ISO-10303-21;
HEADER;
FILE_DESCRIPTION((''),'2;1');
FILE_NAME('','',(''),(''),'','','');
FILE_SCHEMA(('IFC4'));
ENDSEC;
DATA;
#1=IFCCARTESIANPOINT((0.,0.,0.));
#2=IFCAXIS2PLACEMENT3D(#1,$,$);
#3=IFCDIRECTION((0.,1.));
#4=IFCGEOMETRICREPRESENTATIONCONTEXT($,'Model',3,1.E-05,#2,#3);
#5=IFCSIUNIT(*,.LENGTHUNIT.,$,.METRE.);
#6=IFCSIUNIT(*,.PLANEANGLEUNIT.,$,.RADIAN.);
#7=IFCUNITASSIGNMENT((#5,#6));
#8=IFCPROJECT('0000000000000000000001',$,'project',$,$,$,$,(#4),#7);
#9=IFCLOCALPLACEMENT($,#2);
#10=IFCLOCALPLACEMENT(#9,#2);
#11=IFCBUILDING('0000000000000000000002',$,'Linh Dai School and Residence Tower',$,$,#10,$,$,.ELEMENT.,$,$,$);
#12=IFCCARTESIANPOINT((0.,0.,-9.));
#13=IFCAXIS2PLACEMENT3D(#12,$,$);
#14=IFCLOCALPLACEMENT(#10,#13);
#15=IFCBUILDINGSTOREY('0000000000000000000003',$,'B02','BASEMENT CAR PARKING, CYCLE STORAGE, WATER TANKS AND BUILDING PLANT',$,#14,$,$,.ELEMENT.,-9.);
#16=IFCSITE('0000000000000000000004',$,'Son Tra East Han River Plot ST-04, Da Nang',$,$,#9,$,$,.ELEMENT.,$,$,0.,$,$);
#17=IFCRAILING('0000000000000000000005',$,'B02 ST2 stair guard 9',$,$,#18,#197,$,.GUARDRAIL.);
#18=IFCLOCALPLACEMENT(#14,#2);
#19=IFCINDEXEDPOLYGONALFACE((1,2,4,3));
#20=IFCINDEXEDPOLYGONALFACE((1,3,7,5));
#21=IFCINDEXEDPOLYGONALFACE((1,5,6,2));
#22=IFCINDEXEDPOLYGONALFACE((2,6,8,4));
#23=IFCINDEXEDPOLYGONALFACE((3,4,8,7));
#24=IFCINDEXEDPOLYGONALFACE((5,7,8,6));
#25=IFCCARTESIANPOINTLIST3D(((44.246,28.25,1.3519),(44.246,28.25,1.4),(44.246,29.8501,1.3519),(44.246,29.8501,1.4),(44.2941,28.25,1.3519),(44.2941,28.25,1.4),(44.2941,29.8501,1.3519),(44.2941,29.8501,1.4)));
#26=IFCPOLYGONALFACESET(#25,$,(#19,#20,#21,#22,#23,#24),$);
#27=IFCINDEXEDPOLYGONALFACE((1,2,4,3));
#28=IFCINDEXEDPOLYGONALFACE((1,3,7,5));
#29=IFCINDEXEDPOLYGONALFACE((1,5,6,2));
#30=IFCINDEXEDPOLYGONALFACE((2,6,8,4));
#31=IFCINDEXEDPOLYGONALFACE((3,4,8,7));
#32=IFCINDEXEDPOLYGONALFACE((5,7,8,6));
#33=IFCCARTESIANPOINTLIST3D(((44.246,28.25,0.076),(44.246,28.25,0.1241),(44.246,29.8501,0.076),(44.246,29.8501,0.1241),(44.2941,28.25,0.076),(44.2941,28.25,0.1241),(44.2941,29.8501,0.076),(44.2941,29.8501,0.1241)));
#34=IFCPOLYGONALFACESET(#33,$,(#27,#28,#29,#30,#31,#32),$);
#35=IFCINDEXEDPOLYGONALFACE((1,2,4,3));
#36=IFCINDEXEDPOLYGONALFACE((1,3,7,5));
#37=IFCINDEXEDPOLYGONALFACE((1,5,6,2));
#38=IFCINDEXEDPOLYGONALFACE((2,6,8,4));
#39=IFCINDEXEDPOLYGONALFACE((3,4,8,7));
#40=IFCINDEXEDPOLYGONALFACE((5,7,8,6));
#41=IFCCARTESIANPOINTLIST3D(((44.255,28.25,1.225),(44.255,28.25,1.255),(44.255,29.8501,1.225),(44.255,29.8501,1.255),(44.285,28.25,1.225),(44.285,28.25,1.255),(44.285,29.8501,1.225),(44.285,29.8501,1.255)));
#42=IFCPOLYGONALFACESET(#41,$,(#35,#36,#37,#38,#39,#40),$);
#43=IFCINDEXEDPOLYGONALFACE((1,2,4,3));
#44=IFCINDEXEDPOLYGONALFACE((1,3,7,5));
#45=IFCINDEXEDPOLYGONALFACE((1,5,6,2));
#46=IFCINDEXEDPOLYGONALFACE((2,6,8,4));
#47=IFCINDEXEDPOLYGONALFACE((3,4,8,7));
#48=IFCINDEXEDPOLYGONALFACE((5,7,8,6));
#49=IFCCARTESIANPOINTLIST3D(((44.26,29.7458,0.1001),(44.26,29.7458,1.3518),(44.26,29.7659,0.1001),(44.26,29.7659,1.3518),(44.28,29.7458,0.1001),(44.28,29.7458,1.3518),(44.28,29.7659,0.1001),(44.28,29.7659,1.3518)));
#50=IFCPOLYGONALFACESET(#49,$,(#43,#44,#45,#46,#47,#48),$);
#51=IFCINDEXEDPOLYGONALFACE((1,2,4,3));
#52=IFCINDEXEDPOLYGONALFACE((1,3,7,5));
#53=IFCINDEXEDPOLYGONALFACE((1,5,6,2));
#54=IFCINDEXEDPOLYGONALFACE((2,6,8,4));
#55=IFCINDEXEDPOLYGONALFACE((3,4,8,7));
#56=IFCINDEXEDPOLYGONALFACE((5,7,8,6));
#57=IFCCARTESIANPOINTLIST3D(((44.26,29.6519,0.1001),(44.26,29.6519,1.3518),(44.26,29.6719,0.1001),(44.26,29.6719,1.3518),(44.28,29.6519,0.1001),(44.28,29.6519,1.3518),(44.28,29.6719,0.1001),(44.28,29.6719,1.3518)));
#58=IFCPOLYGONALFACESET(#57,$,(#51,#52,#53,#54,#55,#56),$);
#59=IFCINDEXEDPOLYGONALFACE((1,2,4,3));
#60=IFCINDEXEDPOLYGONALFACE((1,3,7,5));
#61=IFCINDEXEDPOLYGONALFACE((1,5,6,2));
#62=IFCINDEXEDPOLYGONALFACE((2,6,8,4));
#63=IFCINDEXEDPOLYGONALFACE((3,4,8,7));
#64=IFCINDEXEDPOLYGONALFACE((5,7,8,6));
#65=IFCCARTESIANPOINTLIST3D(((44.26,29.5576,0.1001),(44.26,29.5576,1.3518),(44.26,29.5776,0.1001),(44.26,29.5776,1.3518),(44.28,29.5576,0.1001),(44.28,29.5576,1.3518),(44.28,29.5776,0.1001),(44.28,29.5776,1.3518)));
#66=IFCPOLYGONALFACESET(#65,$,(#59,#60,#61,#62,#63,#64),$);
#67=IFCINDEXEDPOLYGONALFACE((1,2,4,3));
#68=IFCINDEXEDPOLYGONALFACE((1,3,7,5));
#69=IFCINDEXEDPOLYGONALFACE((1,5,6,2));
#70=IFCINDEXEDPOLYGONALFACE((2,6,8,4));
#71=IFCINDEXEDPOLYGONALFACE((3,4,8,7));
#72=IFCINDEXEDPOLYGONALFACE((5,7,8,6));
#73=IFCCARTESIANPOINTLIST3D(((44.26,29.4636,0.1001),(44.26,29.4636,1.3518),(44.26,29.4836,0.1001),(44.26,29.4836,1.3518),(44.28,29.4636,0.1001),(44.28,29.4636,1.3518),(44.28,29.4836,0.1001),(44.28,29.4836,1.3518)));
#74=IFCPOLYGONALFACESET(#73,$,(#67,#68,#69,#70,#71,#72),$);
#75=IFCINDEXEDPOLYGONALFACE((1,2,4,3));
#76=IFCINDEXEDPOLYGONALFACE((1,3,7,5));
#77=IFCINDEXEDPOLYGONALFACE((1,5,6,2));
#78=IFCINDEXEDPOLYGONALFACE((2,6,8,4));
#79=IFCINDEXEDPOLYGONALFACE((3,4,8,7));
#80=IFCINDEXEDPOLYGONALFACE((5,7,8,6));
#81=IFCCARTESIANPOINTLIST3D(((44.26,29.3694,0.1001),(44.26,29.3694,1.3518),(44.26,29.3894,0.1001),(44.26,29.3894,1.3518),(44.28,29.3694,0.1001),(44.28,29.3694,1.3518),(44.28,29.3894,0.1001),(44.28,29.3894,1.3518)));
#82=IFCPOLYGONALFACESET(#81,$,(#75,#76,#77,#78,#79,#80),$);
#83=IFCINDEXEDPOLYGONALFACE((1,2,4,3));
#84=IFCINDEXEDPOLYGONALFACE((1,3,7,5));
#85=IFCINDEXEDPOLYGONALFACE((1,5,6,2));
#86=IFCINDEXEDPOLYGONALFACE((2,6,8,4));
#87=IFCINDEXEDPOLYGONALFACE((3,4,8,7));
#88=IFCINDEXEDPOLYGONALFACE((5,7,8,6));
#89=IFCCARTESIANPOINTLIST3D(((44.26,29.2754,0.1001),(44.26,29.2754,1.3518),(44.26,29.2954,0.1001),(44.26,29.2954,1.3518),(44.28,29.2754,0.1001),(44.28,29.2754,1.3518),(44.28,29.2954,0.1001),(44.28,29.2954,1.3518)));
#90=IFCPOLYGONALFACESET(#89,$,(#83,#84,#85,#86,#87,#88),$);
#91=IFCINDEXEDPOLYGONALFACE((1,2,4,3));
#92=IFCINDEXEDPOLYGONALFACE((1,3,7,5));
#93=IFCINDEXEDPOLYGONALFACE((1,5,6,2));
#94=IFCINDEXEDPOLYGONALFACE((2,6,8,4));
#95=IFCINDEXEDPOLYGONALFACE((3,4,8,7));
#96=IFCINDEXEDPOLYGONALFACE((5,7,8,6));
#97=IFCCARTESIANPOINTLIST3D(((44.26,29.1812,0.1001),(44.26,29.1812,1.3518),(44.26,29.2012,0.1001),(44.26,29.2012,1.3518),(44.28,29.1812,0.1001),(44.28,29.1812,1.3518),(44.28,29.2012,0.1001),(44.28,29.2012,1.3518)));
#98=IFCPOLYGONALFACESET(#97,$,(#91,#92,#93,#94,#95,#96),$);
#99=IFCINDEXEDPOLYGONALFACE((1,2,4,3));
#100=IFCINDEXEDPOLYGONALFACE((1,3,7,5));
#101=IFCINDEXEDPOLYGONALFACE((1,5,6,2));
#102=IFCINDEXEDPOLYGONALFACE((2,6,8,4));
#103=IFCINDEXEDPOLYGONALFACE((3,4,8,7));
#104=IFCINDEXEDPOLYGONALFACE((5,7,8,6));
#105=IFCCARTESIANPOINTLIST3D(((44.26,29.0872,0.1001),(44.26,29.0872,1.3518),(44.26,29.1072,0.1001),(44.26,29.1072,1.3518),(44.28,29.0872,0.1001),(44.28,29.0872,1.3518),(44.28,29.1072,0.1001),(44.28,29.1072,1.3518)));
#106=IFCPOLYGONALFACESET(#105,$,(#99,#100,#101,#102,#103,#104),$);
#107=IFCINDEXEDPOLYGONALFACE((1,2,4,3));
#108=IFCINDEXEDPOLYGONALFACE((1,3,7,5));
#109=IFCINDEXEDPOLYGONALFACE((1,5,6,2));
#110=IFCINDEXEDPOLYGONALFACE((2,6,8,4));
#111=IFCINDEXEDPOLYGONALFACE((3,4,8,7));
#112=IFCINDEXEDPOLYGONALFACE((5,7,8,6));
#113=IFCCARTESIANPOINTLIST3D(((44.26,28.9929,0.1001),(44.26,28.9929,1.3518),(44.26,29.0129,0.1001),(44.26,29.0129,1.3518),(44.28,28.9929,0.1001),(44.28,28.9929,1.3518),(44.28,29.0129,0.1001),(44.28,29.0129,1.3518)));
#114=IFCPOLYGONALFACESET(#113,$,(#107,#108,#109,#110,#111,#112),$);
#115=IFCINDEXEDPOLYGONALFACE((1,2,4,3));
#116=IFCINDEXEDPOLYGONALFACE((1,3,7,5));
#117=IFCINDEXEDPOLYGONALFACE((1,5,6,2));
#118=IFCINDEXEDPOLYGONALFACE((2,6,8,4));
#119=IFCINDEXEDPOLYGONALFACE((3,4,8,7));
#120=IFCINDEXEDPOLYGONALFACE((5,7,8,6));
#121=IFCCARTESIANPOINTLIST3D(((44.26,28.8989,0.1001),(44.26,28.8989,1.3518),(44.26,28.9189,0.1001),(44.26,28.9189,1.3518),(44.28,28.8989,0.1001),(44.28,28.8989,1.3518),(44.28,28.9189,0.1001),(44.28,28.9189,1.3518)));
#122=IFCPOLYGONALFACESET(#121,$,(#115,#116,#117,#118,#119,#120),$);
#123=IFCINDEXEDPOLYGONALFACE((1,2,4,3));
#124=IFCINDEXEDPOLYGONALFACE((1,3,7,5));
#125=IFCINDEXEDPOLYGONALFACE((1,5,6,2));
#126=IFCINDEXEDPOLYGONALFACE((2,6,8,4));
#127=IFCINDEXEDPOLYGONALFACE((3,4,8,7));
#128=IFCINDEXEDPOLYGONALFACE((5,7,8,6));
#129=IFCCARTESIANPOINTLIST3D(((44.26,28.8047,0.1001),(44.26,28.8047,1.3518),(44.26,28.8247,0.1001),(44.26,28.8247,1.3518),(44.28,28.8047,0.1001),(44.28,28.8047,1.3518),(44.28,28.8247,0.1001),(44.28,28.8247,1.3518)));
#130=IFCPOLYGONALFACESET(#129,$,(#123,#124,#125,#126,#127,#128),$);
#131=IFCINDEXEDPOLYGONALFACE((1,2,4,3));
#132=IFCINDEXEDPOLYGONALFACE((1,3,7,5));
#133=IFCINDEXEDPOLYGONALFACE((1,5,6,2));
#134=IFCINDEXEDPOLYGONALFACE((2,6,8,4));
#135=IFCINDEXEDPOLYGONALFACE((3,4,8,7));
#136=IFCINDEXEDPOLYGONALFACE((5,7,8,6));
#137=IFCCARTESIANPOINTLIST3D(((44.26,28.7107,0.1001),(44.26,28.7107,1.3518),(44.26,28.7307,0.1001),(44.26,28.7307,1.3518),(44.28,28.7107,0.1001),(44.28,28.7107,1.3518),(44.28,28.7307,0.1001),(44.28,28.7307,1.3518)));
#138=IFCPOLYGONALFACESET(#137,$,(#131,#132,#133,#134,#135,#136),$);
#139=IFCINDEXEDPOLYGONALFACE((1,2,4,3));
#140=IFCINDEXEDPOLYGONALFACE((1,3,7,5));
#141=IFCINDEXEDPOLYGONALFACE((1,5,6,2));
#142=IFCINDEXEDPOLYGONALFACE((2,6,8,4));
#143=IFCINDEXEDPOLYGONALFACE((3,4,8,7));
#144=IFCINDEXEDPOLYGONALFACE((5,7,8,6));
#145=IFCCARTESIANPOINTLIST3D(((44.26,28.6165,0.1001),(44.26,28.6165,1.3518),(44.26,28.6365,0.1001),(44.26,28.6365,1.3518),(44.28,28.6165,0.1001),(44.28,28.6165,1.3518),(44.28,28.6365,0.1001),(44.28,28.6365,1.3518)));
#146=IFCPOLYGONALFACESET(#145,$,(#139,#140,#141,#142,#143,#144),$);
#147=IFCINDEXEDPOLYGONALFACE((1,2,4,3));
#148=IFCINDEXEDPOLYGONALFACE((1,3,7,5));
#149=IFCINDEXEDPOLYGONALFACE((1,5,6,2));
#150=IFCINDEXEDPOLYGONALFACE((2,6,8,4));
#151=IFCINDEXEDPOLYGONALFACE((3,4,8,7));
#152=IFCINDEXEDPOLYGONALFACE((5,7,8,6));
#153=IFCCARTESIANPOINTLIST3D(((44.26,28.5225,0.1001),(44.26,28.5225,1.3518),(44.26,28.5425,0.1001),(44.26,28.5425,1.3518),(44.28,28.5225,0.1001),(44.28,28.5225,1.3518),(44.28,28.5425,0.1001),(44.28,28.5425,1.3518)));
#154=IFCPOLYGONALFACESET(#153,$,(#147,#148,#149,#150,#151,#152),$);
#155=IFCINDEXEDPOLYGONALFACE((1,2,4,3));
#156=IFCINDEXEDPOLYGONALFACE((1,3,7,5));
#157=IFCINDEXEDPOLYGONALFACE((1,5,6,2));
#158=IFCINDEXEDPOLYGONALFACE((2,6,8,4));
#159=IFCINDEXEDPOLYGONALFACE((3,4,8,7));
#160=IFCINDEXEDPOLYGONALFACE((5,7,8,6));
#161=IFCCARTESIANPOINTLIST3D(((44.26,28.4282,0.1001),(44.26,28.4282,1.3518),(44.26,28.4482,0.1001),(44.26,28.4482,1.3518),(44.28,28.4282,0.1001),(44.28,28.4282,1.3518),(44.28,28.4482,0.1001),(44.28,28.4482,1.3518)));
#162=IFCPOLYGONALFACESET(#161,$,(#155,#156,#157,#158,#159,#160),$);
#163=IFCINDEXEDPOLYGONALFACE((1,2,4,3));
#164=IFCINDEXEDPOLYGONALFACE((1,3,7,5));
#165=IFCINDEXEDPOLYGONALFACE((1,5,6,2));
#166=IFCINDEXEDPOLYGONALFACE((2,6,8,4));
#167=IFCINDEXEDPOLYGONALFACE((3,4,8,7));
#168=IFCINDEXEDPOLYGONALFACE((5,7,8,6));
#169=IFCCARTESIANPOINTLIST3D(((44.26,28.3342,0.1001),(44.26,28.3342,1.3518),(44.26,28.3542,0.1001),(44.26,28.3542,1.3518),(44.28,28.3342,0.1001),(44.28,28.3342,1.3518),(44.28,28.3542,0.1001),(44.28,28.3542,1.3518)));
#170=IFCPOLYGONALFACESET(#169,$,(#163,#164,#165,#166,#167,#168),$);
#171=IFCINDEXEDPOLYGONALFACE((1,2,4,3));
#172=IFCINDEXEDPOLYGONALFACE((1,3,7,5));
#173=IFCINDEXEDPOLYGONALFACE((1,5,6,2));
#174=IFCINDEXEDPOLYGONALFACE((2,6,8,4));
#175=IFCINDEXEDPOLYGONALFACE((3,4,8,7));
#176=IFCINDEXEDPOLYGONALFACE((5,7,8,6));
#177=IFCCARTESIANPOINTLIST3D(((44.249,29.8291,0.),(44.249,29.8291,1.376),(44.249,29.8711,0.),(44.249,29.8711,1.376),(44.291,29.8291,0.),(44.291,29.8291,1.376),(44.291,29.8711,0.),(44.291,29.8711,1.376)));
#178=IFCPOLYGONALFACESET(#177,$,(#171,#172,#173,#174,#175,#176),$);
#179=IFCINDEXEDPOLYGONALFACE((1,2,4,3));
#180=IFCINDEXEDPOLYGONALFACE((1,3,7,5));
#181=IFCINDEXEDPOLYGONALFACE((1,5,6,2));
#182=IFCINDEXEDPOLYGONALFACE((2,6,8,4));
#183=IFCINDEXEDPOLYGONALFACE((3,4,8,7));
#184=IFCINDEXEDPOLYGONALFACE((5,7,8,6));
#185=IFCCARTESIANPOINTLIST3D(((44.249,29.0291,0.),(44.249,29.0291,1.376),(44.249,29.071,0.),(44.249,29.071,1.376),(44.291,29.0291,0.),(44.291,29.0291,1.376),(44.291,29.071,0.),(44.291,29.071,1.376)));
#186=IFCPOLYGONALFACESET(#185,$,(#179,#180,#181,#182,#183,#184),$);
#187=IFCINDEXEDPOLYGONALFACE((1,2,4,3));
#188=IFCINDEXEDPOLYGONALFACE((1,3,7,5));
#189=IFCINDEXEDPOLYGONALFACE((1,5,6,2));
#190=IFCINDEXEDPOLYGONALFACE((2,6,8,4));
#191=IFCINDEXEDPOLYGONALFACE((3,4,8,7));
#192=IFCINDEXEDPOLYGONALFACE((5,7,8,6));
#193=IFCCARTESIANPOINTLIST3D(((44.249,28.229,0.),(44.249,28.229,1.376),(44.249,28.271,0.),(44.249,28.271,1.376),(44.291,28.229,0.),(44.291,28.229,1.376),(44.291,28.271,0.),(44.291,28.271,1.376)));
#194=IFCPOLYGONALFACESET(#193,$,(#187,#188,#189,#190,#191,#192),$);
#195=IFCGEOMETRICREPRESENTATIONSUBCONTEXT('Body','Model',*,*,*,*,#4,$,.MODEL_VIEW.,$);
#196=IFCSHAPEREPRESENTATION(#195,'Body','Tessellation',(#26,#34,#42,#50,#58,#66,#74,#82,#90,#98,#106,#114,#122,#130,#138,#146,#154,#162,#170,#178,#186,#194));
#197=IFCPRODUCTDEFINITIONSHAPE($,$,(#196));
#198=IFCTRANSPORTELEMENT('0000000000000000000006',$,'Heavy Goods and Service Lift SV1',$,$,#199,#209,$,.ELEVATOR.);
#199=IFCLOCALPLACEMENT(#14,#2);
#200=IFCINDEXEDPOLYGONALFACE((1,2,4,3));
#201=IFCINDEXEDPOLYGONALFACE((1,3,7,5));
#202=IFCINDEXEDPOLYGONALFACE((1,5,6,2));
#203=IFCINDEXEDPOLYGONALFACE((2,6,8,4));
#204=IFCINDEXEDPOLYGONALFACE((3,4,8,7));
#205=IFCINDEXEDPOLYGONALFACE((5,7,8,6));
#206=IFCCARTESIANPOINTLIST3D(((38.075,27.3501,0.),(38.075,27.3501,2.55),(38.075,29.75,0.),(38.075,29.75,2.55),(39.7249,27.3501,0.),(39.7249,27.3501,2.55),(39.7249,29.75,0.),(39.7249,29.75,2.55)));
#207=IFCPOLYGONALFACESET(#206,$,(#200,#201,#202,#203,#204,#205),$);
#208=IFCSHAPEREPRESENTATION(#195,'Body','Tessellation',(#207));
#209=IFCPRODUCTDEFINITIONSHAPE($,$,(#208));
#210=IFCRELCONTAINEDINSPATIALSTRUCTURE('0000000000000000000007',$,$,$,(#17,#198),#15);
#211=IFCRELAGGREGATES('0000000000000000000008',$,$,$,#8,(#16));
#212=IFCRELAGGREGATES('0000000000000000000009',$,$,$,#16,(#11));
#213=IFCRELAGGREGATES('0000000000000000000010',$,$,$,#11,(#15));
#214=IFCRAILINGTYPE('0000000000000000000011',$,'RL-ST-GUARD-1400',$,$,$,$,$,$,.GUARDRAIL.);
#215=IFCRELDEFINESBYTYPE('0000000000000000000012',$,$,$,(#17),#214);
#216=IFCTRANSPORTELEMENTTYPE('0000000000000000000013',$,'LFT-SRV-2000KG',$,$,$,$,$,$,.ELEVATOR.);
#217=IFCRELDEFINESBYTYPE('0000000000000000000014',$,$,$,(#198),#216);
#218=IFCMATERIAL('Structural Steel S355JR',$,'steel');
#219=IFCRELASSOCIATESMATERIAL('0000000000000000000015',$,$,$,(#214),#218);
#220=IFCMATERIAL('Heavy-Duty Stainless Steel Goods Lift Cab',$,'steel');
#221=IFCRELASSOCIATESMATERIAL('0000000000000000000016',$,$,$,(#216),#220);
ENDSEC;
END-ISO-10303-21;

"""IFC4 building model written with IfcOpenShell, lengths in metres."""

from ifc_helpers import new_model, si_unit, direction, frame, origin, origin_2d, place, context, subcontext, project, spatial, rectangle, extrude, source, transform, mapped, material, type_object, element, save


model = new_model("IFC4")

# Units and contexts
model_context = context("Model", 3, precision=1e-05, world=origin(), true_north=direction((0.0, 1.0)))
body_context = subcontext(model_context, "Body", "Model", "MODEL_VIEW")
ifc_project = project(units=[si_unit("LENGTHUNIT", "METRE"), si_unit("PLANEANGLEUNIT", "RADIAN")], contexts=[model_context])

# Site, building, storey
site_placement = place(None, origin())
site = spatial("IfcSite", under=ifc_project, at=site_placement, Name="Son Tra East Han River Plot ST-04, Da Nang", CompositionType="ELEMENT", RefElevation=0.0)
building_placement = place(site_placement, origin())
building = spatial("IfcBuilding", under=site, at=building_placement, Name="Linh Dai School and Residence Tower", CompositionType="ELEMENT")
storey_placement = place(building_placement, frame((0.0, 0.0, -9.0)))
storey = spatial("IfcBuildingStorey", under=building, at=storey_placement, Name="B02", Description="BASEMENT CAR PARKING, CYCLE STORAGE, WATER TANKS AND BUILDING PLANT", CompositionType="ELEMENT", Elevation=-9.0)

# Shared definitions
ifc_material_1 = material(Name="Structural Steel S355JR", Category="steel")

# Railing
railing_type_1 = type_object("IfcRailingType", Name="RL-ST-GUARD-1400", PredefinedType="GUARDRAIL", material=ifc_material_1)
shared_shape_1 = source(origin(), body_context, "Body", "SweptSolid", [
    extrude(rectangle(XDim=0.0481, YDim=0.0481, at=origin_2d()), frame((0.0, 0.0, 1.376), z_axis=(0.0, -1.0, 0.0), x_axis=(1.0, 0.0, 0.0)), (0.0, 0.0, 1.0), 1.6001),
    extrude(rectangle(XDim=0.0481, YDim=0.0481, at=origin_2d()), frame((0.0, 0.0, 0.1001), z_axis=(0.0, -1.0, 0.0), x_axis=(1.0, 0.0, 0.0)), (0.0, 0.0, 1.0), 1.6001),
    extrude(rectangle(XDim=0.03, YDim=0.03, at=origin_2d()), frame((0.0, 0.0, 1.24), z_axis=(0.0, -1.0, 0.0), x_axis=(1.0, 0.0, 0.0)), (0.0, 0.0, 1.0), 1.6001),
    extrude(rectangle(XDim=0.02, YDim=0.02, at=origin_2d()), frame((0.0, -0.0942, 0.1001)), (0.0, 0.0, 1.0), 1.2517),
    extrude(rectangle(XDim=0.02, YDim=0.02, at=origin_2d()), frame((0.0, -0.1882, 0.1001)), (0.0, 0.0, 1.0), 1.2517),
    extrude(rectangle(XDim=0.02, YDim=0.02, at=origin_2d()), frame((0.0, -0.2825, 0.1001)), (0.0, 0.0, 1.0), 1.2517),
    extrude(rectangle(XDim=0.02, YDim=0.02, at=origin_2d()), frame((0.0, -0.3765, 0.1001)), (0.0, 0.0, 1.0), 1.2517),
    extrude(rectangle(XDim=0.02, YDim=0.02, at=origin_2d()), frame((0.0, -0.4707, 0.1001)), (0.0, 0.0, 1.0), 1.2517),
    extrude(rectangle(XDim=0.02, YDim=0.02, at=origin_2d()), frame((0.0, -0.5647, 0.1001)), (0.0, 0.0, 1.0), 1.2517),
    extrude(rectangle(XDim=0.02, YDim=0.02, at=origin_2d()), frame((0.0, -0.6589, 0.1001)), (0.0, 0.0, 1.0), 1.2517),
    extrude(rectangle(XDim=0.02, YDim=0.02, at=origin_2d()), frame((0.0, -0.7529, 0.1001)), (0.0, 0.0, 1.0), 1.2517),
    extrude(rectangle(XDim=0.02, YDim=0.02, at=origin_2d()), frame((0.0, -0.8472, 0.1001)), (0.0, 0.0, 1.0), 1.2517),
    extrude(rectangle(XDim=0.02, YDim=0.02, at=origin_2d()), frame((0.0, -0.9412, 0.1001)), (0.0, 0.0, 1.0), 1.2517),
    extrude(rectangle(XDim=0.02, YDim=0.02, at=origin_2d()), frame((0.0, -1.0354, 0.1001)), (0.0, 0.0, 1.0), 1.2517),
    extrude(rectangle(XDim=0.02, YDim=0.02, at=origin_2d()), frame((0.0, -1.1294, 0.1001)), (0.0, 0.0, 1.0), 1.2517),
    extrude(rectangle(XDim=0.02, YDim=0.02, at=origin_2d()), frame((0.0, -1.2236, 0.1001)), (0.0, 0.0, 1.0), 1.2517),
    extrude(rectangle(XDim=0.02, YDim=0.02, at=origin_2d()), frame((0.0, -1.3176, 0.1001)), (0.0, 0.0, 1.0), 1.2517),
    extrude(rectangle(XDim=0.02, YDim=0.02, at=origin_2d()), frame((0.0, -1.4119, 0.1001)), (0.0, 0.0, 1.0), 1.2517),
    extrude(rectangle(XDim=0.02, YDim=0.02, at=origin_2d()), frame((0.0, -1.5059, 0.1001)), (0.0, 0.0, 1.0), 1.2517),
    extrude(rectangle(XDim=0.042, YDim=0.042, at=origin_2d()), origin(), (0.0, 0.0, 1.0), 1.376),
    extrude(rectangle(XDim=0.042, YDim=0.042, at=origin_2d()), frame((0.0, -0.8, 0.0)), (0.0, 0.0, 1.0), 1.376),
    extrude(rectangle(XDim=0.042, YDim=0.042, at=origin_2d()), frame((0.0, -1.6001, 0.0)), (0.0, 0.0, 1.0), 1.376),
])
for number, where, name in (
    (1, (44.27, 29.8501, 0.0), "B02 ST2 stair guard 9"),
):
    element("IfcRailing", number, at=place(storey_placement, frame(where)), inside=storey, type_object=railing_type_1, Name=name, PredefinedType="GUARDRAIL", context=body_context, shape_type="MappedRepresentation", body=[
        mapped(shared_shape_1, transform((0.0, 0.0, 0.0), x_axis=(1.0, 0.0, 0.0), y_axis=(0.0, 1.0, 0.0), z_axis=(0.0, 0.0, 1.0), scale=1.0)),
    ])

# Transport element
ifc_material_2 = material(Name="Heavy-Duty Stainless Steel Goods Lift Cab", Category="steel")
transport_element_type = type_object("IfcTransportElementType", Name="LFT-SRV-2000KG", PredefinedType="ELEVATOR", material=ifc_material_2)
shared_shape_2 = source(origin(), body_context, "Body", "SweptSolid", [
    extrude(rectangle(XDim=1.6499, YDim=2.3999, at=origin_2d()), origin(), (0.0, 0.0, 1.0), 2.55),
])
transport_element_placement = place(storey_placement, frame((38.8999, 28.55, 0.0), z_axis=(0.0, 0.0, 1.0), x_axis=(1.0, 0.0, 0.0)))
element("IfcTransportElement", 2, at=transport_element_placement, inside=storey, type_object=transport_element_type, Name="Heavy Goods and Service Lift SV1", PredefinedType="ELEVATOR", context=body_context, shape_type="MappedRepresentation", body=[
    mapped(shared_shape_2, transform((0.0, 0.0, 0.0), x_axis=(1.0, 0.0, 0.0), y_axis=(0.0, 1.0, 0.0), z_axis=(0.0, 0.0, 1.0), scale=1.0)),
])

save(model, "model.ifc")
